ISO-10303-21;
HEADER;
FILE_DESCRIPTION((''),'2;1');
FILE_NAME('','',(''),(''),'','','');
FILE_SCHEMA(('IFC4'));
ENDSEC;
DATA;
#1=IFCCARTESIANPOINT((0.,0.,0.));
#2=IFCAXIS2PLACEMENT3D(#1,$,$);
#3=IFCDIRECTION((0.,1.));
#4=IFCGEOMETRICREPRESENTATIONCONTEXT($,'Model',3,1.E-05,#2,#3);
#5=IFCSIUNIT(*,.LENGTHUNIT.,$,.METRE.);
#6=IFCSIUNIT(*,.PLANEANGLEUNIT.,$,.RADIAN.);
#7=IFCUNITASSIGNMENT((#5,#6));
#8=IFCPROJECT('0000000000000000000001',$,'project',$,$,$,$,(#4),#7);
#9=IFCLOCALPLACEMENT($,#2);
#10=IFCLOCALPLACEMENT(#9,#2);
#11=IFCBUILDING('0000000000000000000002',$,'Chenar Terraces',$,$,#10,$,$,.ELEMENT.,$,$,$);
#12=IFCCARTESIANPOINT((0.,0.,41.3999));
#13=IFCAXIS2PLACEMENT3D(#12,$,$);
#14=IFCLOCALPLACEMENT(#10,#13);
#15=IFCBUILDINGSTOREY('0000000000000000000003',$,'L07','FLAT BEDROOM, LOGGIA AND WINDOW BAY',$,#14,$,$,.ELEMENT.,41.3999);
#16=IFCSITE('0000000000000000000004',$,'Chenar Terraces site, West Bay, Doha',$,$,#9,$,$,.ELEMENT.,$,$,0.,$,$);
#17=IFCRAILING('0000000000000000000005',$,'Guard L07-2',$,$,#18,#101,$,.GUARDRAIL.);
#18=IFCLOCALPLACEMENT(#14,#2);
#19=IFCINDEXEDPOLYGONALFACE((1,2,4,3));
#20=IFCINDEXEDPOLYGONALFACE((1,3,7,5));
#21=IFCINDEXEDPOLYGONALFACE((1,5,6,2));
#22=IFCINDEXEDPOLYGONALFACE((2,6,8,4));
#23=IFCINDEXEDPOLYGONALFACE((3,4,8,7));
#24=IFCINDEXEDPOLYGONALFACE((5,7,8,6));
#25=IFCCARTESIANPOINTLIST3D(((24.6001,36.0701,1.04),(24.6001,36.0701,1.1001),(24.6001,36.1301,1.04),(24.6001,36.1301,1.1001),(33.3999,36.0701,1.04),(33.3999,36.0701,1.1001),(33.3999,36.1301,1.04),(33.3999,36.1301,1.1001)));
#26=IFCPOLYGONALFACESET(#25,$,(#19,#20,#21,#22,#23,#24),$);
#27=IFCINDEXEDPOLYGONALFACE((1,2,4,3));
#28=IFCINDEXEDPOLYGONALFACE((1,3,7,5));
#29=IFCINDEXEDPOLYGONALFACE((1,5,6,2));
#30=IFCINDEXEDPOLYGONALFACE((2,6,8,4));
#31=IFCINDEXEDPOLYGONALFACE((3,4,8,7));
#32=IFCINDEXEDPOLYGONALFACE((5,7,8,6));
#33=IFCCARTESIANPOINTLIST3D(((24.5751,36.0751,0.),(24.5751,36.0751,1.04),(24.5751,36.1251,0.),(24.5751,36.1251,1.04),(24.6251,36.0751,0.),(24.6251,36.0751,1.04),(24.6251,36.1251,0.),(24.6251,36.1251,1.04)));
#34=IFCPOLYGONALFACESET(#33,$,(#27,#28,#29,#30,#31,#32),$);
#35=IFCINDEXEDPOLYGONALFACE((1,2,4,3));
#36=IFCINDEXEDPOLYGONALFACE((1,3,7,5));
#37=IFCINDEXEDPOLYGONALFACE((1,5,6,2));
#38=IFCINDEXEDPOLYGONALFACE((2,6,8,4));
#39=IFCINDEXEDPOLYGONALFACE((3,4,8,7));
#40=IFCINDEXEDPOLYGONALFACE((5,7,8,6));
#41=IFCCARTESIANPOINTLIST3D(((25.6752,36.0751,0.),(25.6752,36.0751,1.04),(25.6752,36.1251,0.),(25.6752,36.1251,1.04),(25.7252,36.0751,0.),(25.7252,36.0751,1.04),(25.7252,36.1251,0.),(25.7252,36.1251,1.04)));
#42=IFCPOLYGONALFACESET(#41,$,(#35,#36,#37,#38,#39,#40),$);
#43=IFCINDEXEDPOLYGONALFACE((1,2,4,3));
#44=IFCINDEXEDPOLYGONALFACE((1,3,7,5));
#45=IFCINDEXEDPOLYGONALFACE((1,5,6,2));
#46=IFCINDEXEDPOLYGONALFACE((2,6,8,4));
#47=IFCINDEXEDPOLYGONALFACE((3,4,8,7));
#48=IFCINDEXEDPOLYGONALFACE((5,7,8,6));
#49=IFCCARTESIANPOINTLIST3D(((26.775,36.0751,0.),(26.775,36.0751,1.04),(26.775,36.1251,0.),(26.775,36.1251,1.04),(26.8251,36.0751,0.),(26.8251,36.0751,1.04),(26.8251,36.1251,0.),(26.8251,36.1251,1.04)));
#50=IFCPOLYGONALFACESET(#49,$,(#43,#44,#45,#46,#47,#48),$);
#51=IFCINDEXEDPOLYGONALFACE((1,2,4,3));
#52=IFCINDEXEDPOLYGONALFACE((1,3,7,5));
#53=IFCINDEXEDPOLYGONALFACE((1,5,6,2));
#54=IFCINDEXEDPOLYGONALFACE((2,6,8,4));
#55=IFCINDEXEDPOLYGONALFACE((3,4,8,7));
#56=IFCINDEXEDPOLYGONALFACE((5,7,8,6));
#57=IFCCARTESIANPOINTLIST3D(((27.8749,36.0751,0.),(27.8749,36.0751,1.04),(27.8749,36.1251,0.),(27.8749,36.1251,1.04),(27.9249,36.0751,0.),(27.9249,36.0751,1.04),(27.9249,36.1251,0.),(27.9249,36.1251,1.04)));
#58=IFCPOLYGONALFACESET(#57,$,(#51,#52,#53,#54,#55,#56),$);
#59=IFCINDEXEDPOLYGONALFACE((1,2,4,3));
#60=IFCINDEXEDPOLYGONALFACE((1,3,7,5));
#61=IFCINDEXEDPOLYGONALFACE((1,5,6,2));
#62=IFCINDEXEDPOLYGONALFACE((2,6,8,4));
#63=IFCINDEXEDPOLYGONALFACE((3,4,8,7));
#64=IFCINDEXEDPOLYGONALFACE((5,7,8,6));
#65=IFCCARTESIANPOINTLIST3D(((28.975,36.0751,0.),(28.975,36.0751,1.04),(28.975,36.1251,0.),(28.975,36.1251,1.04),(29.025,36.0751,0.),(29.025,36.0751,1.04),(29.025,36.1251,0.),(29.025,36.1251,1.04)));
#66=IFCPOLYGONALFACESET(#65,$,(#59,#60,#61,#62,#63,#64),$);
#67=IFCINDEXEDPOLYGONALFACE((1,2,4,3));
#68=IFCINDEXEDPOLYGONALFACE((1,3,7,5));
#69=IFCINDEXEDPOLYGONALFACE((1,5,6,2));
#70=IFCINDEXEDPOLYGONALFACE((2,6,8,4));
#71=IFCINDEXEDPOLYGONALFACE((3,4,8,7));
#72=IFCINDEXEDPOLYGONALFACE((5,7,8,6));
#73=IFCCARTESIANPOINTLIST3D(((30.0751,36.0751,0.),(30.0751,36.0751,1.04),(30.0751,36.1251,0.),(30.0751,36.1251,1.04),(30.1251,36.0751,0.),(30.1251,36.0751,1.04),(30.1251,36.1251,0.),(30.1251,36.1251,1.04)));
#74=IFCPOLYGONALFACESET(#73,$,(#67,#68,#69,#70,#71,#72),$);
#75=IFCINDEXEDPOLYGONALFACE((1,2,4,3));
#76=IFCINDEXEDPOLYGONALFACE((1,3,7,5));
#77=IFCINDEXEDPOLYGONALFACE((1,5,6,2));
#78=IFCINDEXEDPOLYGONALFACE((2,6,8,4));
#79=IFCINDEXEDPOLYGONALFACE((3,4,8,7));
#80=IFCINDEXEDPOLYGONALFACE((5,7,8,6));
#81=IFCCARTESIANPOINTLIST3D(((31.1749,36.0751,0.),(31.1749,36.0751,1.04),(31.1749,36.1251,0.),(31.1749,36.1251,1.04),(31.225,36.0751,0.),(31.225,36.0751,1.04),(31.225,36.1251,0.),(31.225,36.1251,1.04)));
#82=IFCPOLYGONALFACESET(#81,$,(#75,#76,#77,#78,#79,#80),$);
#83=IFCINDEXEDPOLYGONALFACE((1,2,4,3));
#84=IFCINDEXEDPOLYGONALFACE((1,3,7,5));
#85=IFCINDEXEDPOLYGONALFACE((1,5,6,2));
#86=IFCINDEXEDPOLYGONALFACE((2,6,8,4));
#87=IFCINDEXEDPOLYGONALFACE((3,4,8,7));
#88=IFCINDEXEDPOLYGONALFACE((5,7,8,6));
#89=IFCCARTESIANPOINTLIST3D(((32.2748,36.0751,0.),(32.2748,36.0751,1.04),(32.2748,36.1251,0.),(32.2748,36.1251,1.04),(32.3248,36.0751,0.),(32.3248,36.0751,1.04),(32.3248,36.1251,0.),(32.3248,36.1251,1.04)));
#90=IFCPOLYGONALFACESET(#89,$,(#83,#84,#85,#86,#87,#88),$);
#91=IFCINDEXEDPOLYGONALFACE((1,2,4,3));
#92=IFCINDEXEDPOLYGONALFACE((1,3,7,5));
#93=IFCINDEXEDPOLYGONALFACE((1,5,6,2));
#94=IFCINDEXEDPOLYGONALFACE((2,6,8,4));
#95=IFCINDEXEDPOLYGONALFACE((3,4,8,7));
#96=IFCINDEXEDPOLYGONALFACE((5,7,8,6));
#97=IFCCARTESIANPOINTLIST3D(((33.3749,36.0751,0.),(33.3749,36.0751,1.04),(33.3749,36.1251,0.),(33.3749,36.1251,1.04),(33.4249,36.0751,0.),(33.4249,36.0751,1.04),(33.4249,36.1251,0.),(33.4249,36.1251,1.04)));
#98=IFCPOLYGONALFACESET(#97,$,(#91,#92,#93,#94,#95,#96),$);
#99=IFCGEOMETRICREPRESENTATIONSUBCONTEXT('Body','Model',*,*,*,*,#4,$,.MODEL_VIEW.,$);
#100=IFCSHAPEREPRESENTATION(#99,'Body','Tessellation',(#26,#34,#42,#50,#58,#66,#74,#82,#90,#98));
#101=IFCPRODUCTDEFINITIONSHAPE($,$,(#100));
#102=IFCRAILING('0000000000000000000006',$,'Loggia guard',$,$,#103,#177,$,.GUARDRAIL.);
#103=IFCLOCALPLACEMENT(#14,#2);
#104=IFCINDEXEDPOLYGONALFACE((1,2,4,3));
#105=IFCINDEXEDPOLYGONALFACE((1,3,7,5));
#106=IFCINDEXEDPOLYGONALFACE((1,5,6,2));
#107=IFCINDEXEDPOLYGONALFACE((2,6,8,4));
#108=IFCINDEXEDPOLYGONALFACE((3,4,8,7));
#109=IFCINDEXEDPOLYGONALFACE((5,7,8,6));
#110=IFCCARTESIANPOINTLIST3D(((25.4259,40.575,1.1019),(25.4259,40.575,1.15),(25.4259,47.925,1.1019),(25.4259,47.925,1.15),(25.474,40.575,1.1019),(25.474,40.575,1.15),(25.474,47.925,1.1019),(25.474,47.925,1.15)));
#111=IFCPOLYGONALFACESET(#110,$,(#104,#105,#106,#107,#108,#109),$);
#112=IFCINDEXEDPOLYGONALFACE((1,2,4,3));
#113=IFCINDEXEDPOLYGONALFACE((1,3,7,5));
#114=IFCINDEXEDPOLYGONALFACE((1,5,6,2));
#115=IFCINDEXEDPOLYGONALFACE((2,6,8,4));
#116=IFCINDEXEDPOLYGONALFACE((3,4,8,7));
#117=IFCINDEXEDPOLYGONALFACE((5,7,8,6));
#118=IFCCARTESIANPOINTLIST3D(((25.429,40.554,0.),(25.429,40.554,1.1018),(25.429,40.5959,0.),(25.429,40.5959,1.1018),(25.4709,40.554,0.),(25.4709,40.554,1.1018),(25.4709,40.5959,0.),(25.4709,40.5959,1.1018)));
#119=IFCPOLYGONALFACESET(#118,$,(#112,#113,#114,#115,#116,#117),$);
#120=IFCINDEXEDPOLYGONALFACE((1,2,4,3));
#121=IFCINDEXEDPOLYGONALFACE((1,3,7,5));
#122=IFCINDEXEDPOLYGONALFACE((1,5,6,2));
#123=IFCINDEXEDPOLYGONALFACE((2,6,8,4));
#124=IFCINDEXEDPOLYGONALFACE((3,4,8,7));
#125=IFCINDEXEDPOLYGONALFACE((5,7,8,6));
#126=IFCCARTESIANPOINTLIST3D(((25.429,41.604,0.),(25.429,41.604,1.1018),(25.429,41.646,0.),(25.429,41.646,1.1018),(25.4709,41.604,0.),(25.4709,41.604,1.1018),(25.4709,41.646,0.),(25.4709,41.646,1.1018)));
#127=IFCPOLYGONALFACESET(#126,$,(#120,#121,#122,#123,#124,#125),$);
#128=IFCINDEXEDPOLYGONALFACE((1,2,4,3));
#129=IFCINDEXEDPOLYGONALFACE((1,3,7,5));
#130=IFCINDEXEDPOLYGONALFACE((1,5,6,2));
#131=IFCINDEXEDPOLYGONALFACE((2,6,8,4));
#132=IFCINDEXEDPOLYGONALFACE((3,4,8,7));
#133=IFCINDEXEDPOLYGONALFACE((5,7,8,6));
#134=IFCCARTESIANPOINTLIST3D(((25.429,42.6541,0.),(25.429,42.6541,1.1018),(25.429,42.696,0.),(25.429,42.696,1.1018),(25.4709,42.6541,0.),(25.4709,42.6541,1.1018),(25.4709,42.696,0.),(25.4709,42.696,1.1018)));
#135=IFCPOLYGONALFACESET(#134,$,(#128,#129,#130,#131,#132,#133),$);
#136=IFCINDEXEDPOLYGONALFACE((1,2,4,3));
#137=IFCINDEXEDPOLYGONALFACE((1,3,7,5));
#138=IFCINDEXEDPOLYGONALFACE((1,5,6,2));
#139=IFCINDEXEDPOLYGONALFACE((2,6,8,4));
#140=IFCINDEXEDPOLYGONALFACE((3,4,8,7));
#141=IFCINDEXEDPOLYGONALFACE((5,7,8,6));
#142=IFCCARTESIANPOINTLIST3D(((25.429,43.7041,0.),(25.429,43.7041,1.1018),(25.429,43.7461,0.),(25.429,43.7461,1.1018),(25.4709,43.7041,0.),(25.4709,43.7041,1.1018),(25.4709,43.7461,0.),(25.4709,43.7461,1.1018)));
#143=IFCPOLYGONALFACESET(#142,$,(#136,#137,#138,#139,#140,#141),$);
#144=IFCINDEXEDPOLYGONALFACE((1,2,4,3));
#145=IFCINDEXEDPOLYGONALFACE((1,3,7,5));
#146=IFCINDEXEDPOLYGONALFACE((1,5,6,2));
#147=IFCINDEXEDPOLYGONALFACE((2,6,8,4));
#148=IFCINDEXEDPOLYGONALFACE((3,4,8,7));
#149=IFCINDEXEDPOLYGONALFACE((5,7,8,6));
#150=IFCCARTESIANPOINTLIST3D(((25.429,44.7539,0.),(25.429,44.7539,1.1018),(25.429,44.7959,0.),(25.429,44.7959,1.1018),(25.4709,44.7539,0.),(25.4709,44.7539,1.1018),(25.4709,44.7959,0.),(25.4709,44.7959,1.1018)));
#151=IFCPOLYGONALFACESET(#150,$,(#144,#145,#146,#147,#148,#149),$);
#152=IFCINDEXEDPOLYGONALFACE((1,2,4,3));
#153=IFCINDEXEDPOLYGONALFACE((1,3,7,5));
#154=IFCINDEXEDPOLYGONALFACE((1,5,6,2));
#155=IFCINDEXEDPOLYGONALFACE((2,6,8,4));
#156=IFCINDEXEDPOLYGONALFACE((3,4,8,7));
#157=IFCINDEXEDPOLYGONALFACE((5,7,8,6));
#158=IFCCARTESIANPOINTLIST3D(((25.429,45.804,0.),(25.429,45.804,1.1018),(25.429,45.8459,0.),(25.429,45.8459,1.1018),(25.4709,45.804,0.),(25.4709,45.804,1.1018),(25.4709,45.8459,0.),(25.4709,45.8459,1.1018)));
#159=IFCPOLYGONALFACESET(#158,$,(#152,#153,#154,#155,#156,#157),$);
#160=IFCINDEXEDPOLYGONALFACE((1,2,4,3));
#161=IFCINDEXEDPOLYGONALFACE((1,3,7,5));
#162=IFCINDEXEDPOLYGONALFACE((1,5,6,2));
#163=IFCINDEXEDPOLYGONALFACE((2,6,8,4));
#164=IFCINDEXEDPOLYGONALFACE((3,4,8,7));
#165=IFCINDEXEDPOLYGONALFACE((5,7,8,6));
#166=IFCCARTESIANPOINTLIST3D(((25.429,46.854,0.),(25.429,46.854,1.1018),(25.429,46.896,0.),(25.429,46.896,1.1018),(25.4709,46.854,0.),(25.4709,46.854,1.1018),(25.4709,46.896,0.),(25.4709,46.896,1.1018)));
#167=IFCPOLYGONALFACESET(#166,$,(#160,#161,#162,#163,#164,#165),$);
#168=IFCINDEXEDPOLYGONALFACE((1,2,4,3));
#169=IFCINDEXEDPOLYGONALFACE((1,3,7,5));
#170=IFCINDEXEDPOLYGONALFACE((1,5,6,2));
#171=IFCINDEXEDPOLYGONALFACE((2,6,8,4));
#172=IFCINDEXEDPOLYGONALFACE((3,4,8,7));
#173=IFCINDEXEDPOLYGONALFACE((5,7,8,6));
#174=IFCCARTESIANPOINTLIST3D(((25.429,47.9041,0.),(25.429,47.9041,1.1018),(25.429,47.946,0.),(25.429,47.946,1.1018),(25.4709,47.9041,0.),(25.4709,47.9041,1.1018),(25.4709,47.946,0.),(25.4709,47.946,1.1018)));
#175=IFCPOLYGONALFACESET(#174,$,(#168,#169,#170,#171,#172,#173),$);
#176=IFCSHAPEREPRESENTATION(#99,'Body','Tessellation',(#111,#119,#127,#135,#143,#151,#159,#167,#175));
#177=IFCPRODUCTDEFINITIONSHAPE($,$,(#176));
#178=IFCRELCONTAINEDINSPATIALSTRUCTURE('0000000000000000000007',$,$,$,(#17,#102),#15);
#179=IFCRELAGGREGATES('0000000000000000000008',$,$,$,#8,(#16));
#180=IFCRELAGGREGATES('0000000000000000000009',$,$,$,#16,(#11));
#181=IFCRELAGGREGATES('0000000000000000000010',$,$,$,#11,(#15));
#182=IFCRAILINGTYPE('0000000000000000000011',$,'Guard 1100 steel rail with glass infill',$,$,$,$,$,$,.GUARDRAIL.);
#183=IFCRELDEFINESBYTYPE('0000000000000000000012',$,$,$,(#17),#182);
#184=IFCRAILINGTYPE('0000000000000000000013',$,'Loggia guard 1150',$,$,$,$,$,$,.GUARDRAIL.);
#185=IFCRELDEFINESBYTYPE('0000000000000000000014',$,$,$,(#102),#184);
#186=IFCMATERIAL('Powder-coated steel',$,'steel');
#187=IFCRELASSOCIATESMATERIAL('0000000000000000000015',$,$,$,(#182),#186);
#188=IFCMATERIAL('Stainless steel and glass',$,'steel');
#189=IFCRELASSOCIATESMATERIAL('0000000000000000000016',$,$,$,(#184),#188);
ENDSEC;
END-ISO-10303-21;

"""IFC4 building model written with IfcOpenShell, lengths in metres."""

from ifc_helpers import new_model, si_unit, direction, frame, origin, origin_2d, place, context, subcontext, project, spatial, rectangle, extrude, material, type_object, element, save


model = new_model("IFC4")

# Units and contexts
model_context = context("Model", 3, precision=1e-05, world=origin(), true_north=direction((0.0, 1.0)))
body_context = subcontext(model_context, "Body", "Model", "MODEL_VIEW")
ifc_project = project(units=[si_unit("LENGTHUNIT", "METRE"), si_unit("PLANEANGLEUNIT", "RADIAN")], contexts=[model_context])

# Site, building, storey
site_placement = place(None, origin())
site = spatial("IfcSite", under=ifc_project, at=site_placement, Name="Chenar Terraces site, West Bay, Doha", CompositionType="ELEMENT", RefElevation=0.0)
building_placement = place(site_placement, origin())
building = spatial("IfcBuilding", under=site, at=building_placement, Name="Chenar Terraces", CompositionType="ELEMENT")
storey_placement = place(building_placement, frame((0.0, 0.0, 41.3999)))
storey = spatial("IfcBuildingStorey", under=building, at=storey_placement, Name="L07", Description="FLAT BEDROOM, LOGGIA AND WINDOW BAY", CompositionType="ELEMENT", Elevation=41.3999)

# Railings
ifc_material_1 = material(Name="Powder-coated steel", Category="steel")
railing_type_1 = type_object("IfcRailingType", Name="Guard 1100 steel rail with glass infill", PredefinedType="GUARDRAIL", material=ifc_material_1)
railing_1_placement = place(storey_placement, frame((24.6001, 36.1001, 0.0)))
element("IfcRailing", 1, at=railing_1_placement, inside=storey, type_object=railing_type_1, Name="Guard L07-2", PredefinedType="GUARDRAIL", context=body_context, shape_type="SweptSolid", body=[
    extrude(rectangle(XDim=0.0601, YDim=0.0601, at=origin_2d()), frame((0.0, 0.0, 1.0701), z_axis=(1.0, 0.0, 0.0), x_axis=(0.0, 1.0, 0.0)), (0.0, 0.0, 1.0), 8.7998),
    extrude(rectangle(XDim=0.05, YDim=0.05, at=origin_2d()), origin(), (0.0, 0.0, 1.0), 1.04),
    extrude(rectangle(XDim=0.05, YDim=0.05, at=origin_2d()), frame((1.1001, 0.0, 0.0)), (0.0, 0.0, 1.0), 1.04),
    extrude(rectangle(XDim=0.05, YDim=0.05, at=origin_2d()), frame((2.2, 0.0, 0.0)), (0.0, 0.0, 1.0), 1.04),
    extrude(rectangle(XDim=0.05, YDim=0.05, at=origin_2d()), frame((3.2998, 0.0, 0.0)), (0.0, 0.0, 1.0), 1.04),
    extrude(rectangle(XDim=0.05, YDim=0.05, at=origin_2d()), frame((4.3999, 0.0, 0.0)), (0.0, 0.0, 1.0), 1.04),
    extrude(rectangle(XDim=0.05, YDim=0.05, at=origin_2d()), frame((5.5, 0.0, 0.0)), (0.0, 0.0, 1.0), 1.04),
    extrude(rectangle(XDim=0.05, YDim=0.05, at=origin_2d()), frame((6.5999, 0.0, 0.0)), (0.0, 0.0, 1.0), 1.04),
    extrude(rectangle(XDim=0.05, YDim=0.05, at=origin_2d()), frame((7.6997, 0.0, 0.0)), (0.0, 0.0, 1.0), 1.04),
    extrude(rectangle(XDim=0.05, YDim=0.05, at=origin_2d()), frame((8.7998, 0.0, 0.0)), (0.0, 0.0, 1.0), 1.04),
])
ifc_material_2 = material(Name="Stainless steel and glass", Category="steel")
railing_type_2 = type_object("IfcRailingType", Name="Loggia guard 1150", PredefinedType="GUARDRAIL", material=ifc_material_2)
railing_2_placement = place(storey_placement, frame((25.45, 40.575, 0.0)))
element("IfcRailing", 2, at=railing_2_placement, inside=storey, type_object=railing_type_2, Name="Loggia guard", PredefinedType="GUARDRAIL", context=body_context, shape_type="SweptSolid", body=[
    extrude(rectangle(XDim=0.0481, YDim=0.0481, at=origin_2d()), frame((0.0, 0.0, 1.126), z_axis=(0.0, 1.0, 0.0), x_axis=(-1.0, 0.0, 0.0)), (0.0, 0.0, 1.0), 7.3501),
    extrude(rectangle(XDim=0.042, YDim=0.042, at=origin_2d()), origin(), (0.0, 0.0, 1.0), 1.1018),
    extrude(rectangle(XDim=0.042, YDim=0.042, at=origin_2d()), frame((0.0, 1.05, 0.0)), (0.0, 0.0, 1.0), 1.1018),
    extrude(rectangle(XDim=0.042, YDim=0.042, at=origin_2d()), frame((0.0, 2.1001, 0.0)), (0.0, 0.0, 1.0), 1.1018),
    extrude(rectangle(XDim=0.042, YDim=0.042, at=origin_2d()), frame((0.0, 3.1501, 0.0)), (0.0, 0.0, 1.0), 1.1018),
    extrude(rectangle(XDim=0.042, YDim=0.042, at=origin_2d()), frame((0.0, 4.2, 0.0)), (0.0, 0.0, 1.0), 1.1018),
    extrude(rectangle(XDim=0.042, YDim=0.042, at=origin_2d()), frame((0.0, 5.25, 0.0)), (0.0, 0.0, 1.0), 1.1018),
    extrude(rectangle(XDim=0.042, YDim=0.042, at=origin_2d()), frame((0.0, 6.3, 0.0)), (0.0, 0.0, 1.0), 1.1018),
    extrude(rectangle(XDim=0.042, YDim=0.042, at=origin_2d()), frame((0.0, 7.3501, 0.0)), (0.0, 0.0, 1.0), 1.1018),
])

save(model, "model.ifc")
